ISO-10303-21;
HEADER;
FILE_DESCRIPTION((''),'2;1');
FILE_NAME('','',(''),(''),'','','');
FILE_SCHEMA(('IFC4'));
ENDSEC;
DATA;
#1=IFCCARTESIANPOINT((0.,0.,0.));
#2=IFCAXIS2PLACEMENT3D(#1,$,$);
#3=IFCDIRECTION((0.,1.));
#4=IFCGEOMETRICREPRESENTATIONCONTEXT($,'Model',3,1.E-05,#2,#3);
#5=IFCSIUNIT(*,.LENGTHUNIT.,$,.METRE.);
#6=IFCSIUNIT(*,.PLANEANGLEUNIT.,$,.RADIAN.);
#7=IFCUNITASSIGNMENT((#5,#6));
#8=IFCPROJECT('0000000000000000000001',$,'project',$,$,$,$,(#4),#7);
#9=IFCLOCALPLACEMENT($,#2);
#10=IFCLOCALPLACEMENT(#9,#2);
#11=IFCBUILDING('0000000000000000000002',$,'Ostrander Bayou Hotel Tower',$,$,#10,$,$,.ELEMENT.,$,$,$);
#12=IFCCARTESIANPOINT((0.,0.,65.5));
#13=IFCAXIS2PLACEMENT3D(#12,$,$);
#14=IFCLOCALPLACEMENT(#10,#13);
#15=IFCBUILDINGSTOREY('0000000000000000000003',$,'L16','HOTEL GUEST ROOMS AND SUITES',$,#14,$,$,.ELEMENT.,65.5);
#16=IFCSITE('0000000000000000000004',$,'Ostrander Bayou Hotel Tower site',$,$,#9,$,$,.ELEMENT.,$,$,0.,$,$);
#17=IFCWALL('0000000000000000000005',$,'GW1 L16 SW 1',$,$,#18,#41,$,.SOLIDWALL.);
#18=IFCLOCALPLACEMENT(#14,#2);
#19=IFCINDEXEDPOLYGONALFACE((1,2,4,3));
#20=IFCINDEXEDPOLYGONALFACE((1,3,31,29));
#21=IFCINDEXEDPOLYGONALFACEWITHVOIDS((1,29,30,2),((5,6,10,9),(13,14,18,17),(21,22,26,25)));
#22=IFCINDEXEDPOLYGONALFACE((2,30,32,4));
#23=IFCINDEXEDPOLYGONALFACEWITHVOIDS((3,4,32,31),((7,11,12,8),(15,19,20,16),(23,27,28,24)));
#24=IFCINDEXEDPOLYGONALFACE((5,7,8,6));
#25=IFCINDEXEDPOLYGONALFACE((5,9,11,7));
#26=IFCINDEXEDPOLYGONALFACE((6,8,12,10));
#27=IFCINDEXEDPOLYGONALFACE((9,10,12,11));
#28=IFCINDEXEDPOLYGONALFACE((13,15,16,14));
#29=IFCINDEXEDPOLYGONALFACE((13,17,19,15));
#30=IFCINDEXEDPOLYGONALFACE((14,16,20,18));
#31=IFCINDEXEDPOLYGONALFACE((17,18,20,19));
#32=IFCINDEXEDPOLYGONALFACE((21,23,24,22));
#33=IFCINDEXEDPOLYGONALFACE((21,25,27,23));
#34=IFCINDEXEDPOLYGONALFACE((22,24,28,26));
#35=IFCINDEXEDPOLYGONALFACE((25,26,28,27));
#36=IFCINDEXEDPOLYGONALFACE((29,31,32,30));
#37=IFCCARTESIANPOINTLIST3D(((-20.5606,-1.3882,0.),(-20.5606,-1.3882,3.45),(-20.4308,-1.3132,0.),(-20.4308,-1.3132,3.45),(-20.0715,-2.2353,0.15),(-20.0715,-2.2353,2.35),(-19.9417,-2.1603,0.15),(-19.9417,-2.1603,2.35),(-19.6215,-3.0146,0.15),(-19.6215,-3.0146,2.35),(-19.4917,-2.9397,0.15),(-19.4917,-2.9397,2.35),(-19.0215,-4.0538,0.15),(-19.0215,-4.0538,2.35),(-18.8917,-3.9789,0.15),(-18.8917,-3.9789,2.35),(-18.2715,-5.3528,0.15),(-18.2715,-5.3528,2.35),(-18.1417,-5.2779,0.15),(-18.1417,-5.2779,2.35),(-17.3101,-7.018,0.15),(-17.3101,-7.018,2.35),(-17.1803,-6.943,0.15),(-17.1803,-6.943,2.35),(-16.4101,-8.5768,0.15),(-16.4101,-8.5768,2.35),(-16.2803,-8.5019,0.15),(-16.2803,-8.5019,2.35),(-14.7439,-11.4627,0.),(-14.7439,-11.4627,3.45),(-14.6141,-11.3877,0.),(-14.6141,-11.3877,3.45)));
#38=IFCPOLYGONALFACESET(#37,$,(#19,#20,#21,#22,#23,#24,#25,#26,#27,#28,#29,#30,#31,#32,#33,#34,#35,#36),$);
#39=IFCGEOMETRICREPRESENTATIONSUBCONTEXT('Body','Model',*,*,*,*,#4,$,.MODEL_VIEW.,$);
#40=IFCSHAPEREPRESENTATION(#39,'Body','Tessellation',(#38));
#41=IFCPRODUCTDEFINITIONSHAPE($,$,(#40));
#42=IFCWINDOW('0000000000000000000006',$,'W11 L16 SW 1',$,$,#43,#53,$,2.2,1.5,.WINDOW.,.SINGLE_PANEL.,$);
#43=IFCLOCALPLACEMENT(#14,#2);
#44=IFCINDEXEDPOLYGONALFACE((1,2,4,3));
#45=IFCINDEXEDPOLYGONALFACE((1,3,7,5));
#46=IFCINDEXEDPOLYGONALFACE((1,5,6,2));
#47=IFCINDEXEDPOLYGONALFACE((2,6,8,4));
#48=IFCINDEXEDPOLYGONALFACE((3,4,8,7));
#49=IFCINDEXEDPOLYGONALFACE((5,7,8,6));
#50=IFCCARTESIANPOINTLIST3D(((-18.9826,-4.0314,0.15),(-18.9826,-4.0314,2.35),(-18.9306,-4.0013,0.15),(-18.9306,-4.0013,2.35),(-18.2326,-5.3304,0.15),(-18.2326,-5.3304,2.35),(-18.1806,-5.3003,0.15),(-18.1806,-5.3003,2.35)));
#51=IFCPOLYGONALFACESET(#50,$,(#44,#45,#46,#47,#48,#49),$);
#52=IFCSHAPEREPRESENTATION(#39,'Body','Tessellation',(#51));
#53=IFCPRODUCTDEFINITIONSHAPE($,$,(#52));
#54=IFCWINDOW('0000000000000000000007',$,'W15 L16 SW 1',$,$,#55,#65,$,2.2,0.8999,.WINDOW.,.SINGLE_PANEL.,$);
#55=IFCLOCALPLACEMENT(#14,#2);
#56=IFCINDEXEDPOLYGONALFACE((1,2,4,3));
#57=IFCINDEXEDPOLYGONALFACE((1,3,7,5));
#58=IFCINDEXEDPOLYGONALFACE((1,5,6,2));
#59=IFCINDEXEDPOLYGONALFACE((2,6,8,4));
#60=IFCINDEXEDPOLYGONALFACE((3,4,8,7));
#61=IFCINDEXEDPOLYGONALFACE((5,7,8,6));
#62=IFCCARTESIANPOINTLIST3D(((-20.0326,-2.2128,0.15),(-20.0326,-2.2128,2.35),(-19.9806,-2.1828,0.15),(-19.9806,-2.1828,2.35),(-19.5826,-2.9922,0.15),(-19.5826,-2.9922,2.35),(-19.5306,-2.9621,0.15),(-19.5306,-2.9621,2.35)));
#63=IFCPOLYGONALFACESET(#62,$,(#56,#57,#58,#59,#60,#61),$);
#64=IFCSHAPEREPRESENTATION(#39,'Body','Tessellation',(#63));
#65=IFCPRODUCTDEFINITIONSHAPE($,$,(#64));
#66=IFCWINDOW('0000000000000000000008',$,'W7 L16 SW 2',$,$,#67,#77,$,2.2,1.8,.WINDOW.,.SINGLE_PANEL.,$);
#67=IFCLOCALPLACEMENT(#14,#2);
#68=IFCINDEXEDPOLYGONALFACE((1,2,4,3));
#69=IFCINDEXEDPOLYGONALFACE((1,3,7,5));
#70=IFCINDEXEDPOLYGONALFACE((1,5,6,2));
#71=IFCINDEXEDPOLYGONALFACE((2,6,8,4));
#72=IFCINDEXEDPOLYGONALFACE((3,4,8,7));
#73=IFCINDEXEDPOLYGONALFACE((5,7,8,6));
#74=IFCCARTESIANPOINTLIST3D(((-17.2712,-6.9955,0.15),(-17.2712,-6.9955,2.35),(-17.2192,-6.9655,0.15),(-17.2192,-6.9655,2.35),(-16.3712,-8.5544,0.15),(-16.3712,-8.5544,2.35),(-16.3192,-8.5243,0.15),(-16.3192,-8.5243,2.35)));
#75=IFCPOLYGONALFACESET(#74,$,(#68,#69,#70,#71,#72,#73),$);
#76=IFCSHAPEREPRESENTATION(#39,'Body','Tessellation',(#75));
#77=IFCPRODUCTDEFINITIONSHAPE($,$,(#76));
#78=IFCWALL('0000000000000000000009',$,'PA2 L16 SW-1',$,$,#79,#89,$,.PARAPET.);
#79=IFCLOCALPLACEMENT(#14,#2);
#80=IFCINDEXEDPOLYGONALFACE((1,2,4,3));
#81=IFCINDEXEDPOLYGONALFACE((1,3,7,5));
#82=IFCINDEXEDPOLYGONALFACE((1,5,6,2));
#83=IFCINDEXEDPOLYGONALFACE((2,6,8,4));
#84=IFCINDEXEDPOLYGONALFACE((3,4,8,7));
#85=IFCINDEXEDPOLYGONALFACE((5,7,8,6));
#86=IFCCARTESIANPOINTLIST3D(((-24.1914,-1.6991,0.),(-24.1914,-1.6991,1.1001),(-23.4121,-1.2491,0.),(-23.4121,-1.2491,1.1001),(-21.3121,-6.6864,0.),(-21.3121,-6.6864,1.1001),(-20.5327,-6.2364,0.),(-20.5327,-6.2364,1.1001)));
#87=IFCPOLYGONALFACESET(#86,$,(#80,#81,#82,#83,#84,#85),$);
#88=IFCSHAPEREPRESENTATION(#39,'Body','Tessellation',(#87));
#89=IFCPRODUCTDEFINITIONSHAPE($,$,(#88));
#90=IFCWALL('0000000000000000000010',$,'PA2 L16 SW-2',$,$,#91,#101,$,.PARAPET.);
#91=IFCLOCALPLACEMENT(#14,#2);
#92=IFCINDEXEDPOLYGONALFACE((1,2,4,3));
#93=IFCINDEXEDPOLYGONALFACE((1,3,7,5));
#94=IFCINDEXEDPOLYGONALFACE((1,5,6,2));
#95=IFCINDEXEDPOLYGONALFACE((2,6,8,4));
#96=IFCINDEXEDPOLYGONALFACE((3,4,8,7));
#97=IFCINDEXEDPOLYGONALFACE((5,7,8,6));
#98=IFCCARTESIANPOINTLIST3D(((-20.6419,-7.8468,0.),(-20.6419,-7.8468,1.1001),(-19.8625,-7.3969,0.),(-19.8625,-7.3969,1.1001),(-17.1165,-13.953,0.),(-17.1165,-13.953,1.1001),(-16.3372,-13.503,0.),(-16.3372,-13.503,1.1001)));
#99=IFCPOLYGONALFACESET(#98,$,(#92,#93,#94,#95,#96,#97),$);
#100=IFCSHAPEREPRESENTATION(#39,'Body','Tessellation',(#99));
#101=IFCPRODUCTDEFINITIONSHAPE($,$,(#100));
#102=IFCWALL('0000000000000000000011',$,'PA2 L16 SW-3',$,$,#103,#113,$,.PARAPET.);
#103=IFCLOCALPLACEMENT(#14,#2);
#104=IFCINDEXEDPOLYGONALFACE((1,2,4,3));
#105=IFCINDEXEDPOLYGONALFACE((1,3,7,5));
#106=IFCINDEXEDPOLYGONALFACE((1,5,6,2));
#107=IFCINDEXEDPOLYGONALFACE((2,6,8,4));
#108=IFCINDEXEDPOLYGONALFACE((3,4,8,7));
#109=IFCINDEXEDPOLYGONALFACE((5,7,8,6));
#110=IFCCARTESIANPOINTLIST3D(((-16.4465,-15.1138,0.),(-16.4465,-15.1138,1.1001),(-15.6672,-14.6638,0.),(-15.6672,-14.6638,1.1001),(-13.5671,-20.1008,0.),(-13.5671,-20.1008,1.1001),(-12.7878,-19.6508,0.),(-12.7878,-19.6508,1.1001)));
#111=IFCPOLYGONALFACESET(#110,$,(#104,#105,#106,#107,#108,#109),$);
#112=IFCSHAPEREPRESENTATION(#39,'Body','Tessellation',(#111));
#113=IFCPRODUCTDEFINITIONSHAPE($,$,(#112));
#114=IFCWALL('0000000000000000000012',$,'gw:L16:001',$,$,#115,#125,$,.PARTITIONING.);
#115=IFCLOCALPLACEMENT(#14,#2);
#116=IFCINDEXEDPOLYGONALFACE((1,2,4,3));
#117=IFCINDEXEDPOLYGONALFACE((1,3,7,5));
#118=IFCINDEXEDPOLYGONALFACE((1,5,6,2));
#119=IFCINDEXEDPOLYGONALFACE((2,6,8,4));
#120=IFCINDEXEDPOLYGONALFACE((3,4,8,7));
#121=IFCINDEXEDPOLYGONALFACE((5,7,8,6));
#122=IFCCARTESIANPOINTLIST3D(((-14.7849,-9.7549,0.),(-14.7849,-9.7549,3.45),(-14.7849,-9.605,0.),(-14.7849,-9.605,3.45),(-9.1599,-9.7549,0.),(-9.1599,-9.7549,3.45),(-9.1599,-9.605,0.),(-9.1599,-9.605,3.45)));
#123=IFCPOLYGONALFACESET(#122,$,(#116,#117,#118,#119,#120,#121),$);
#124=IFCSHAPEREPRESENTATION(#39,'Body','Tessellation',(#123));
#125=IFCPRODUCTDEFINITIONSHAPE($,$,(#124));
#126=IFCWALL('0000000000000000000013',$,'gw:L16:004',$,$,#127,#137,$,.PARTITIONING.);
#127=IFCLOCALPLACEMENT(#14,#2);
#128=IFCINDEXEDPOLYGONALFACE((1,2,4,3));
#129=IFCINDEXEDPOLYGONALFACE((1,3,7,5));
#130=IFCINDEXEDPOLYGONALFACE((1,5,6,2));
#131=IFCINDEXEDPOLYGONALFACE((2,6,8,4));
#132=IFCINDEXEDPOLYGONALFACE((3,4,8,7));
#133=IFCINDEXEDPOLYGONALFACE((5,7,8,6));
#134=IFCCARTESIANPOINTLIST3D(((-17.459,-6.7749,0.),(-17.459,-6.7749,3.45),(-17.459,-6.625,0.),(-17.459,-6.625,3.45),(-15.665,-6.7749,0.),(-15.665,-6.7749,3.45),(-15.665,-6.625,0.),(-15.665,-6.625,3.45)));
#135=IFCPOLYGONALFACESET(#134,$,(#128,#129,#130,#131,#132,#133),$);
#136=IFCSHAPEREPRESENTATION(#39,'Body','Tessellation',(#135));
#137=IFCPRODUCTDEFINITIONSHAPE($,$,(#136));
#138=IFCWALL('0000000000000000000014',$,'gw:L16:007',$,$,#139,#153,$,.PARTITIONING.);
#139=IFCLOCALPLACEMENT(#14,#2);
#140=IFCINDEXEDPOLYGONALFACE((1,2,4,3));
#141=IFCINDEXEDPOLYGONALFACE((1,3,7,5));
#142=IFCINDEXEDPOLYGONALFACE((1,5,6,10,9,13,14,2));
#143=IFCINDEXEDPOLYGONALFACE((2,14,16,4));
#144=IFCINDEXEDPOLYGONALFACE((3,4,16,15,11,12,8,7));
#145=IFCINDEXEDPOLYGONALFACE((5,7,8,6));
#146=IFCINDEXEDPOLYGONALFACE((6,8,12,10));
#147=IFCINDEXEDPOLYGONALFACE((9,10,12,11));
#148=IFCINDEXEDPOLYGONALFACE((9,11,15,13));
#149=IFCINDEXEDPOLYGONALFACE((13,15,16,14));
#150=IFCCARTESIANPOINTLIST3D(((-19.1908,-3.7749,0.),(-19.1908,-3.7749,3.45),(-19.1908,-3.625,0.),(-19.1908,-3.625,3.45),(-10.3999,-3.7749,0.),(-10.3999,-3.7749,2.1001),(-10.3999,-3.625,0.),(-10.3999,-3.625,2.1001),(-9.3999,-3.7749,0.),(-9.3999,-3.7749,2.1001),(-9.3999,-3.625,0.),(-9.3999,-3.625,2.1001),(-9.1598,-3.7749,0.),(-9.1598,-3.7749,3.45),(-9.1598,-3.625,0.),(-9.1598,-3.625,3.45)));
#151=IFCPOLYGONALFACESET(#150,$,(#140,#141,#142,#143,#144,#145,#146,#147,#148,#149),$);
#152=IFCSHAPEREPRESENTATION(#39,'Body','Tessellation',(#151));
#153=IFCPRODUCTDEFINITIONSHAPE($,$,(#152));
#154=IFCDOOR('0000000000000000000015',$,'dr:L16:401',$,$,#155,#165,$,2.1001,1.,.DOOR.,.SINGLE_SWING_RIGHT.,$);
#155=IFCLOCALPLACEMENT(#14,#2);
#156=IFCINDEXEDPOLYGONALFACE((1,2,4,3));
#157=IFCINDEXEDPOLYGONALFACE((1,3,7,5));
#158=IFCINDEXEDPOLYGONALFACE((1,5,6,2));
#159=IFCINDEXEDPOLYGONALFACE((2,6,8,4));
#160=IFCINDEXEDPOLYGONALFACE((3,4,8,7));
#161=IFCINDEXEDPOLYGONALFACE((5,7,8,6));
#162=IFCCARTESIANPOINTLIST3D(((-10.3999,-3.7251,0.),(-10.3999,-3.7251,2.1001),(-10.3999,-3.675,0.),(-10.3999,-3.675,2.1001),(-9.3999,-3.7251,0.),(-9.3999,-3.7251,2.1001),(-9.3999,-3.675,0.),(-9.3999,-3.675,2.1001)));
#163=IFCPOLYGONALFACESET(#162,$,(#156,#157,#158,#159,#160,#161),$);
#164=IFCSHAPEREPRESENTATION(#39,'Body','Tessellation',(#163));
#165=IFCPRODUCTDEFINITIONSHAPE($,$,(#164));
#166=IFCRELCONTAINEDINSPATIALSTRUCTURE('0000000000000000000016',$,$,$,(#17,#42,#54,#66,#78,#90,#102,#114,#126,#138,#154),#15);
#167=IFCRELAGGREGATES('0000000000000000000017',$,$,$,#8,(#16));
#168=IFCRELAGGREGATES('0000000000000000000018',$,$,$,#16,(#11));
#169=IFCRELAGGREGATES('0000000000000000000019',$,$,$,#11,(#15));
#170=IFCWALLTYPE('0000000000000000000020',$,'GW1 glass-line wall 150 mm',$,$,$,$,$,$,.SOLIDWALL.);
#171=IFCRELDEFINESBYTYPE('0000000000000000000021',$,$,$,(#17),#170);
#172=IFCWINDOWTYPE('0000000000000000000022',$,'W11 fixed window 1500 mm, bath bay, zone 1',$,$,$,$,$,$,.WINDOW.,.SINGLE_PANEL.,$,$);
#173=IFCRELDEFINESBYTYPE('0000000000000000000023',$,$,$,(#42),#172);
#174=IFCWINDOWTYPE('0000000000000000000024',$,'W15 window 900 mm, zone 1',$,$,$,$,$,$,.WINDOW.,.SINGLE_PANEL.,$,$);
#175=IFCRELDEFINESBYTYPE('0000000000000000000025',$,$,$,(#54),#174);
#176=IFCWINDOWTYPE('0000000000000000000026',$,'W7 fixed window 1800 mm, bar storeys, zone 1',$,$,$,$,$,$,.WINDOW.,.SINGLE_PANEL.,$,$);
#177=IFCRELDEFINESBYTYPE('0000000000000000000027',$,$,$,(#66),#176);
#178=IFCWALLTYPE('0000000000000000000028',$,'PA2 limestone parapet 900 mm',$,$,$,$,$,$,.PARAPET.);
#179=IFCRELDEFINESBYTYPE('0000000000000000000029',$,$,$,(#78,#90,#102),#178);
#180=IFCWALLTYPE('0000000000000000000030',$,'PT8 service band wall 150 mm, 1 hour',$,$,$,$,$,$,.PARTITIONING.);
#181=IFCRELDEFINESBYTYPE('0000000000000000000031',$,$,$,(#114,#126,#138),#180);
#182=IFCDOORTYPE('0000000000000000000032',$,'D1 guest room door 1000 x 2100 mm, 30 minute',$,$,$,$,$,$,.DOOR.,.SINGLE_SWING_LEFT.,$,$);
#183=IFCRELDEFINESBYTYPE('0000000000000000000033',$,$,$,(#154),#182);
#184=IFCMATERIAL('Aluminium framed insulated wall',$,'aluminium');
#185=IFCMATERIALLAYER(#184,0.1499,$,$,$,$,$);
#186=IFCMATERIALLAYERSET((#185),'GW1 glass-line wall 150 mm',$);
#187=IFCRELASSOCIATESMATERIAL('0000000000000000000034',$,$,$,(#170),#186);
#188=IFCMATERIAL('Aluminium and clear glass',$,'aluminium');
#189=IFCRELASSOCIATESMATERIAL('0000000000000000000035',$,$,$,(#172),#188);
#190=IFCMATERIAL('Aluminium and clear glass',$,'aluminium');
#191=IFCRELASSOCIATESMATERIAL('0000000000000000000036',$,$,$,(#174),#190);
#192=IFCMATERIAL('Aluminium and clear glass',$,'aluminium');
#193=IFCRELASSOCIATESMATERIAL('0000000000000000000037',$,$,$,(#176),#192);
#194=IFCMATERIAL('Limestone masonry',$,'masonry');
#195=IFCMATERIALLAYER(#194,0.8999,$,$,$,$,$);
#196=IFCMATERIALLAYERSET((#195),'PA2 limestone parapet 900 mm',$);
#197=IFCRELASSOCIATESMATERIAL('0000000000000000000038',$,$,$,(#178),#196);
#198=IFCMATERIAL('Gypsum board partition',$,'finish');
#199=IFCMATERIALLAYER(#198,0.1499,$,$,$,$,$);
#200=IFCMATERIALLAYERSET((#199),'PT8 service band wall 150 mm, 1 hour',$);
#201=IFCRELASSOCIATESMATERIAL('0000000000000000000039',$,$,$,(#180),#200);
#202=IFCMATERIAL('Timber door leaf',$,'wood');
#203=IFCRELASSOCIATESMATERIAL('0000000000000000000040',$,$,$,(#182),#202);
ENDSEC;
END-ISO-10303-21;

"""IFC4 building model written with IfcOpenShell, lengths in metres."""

from ifc_helpers import new_model, si_unit, direction, frame, frame_2d, origin, place, context, subcontext, project, spatial, rectangle, extrude, material, layer, layer_set, type_object, element, fill, save


model = new_model("IFC4")

# Units and contexts
model_context = context("Model", 3, precision=1e-05, world=origin(), true_north=direction((0.0, 1.0)))
body_context = subcontext(model_context, "Body", "Model", "MODEL_VIEW")
ifc_project = project(units=[si_unit("LENGTHUNIT", "METRE"), si_unit("PLANEANGLEUNIT", "RADIAN")], contexts=[model_context])

# Site, building, storey
site_placement = place(None, origin())
site = spatial("IfcSite", under=ifc_project, at=site_placement, Name="Ostrander Bayou Hotel Tower site", CompositionType="ELEMENT", RefElevation=0.0)
building_placement = place(site_placement, origin())
building = spatial("IfcBuilding", under=site, at=building_placement, Name="Ostrander Bayou Hotel Tower", CompositionType="ELEMENT")
storey_placement = place(building_placement, frame((0.0, 0.0, 65.5)))
storey = spatial("IfcBuildingStorey", under=building, at=storey_placement, Name="L16", Description="HOTEL GUEST ROOMS AND SUITES", CompositionType="ELEMENT", Elevation=65.5)

# Wall, openings, windows
ifc_material_1 = material(Name="Aluminium framed insulated wall", Category="aluminium")
ifc_layer_1 = layer(ifc_material_1, 0.1499)
ifc_layer_set_1 = layer_set([ifc_layer_1], Name="GW1 glass-line wall 150 mm")
wall_type_1 = type_object("IfcWallType", Name="GW1 glass-line wall 150 mm", PredefinedType="SOLIDWALL", material=ifc_layer_set_1)
wall_1_placement = place(storey_placement, frame((-20.4956, -1.3508, 0.0), z_axis=(0.0, 0.0, 1.0), x_axis=(0.50001, -0.86602, 0.0)))
wall_1 = element("IfcWall", 1, at=wall_1_placement, inside=storey, type_object=wall_type_1, Name="GW1 L16 SW 1", PredefinedType="SOLIDWALL", context=body_context, shape_type="SweptSolid", body=[
    extrude(rectangle(XDim=11.6331, YDim=0.1499, at=frame_2d((5.8164, 0.0))), origin(), (0.0, 0.0, 1.0), 3.45),
])
opening_1_placement = place(wall_1_placement, frame((0.978, 0.0, 0.1499)))
opening_1 = element("IfcOpeningElement", 2, at=opening_1_placement, cuts=wall_1, PredefinedType="OPENING", context=body_context, shape_type="SweptSolid", body=[
    extrude(rectangle(XDim=0.8999, YDim=2.2, at=frame_2d((0.45, 1.1001))), frame((0.0, 0.075, 0.0), z_axis=(0.0, -1.0, 0.0), x_axis=(1.0, 0.0, 0.0)), (0.0, 0.0, 1.0), 0.1499),
])
opening_2_placement = place(wall_1_placement, frame((3.0779, 0.0, 0.1499)))
opening_2 = element("IfcOpeningElement", 3, at=opening_2_placement, cuts=wall_1, PredefinedType="OPENING", context=body_context, shape_type="SweptSolid", body=[
    extrude(rectangle(XDim=1.5, YDim=2.2, at=frame_2d((0.75, 1.1001))), frame((0.0, 0.075, 0.0), z_axis=(0.0, -1.0, 0.0), x_axis=(1.0, 0.0, 0.0)), (0.0, 0.0, 1.0), 0.1499),
])
opening_3_placement = place(wall_1_placement, frame((6.5007, 0.0, 0.1499)))
opening_3 = element("IfcOpeningElement", 4, at=opening_3_placement, cuts=wall_1, PredefinedType="OPENING", context=body_context, shape_type="SweptSolid", body=[
    extrude(rectangle(XDim=1.8, YDim=2.2, at=frame_2d((0.8999, 1.1001))), frame((0.0, 0.075, 0.0), z_axis=(0.0, -1.0, 0.0), x_axis=(1.0, 0.0, 0.0)), (0.0, 0.0, 1.0), 0.1499),
])
ifc_material_2 = material(Name="Aluminium and clear glass", Category="aluminium")
window_type_1 = type_object("IfcWindowType", Name="W11 fixed window 1500 mm, bath bay, zone 1", PartitioningType="SINGLE_PANEL", PredefinedType="WINDOW", material=ifc_material_2)
window_1_placement = place(opening_2_placement, origin())
window_1 = element("IfcWindow", 5, at=window_1_placement, inside=storey, type_object=window_type_1, Name="W11 L16 SW 1", OverallHeight=2.2, OverallWidth=1.5, PartitioningType="SINGLE_PANEL", PredefinedType="WINDOW", context=body_context, shape_type="SweptSolid", body=[
    extrude(rectangle(XDim=1.5, YDim=2.2, at=frame_2d((0.75, 1.1001))), frame((0.0, 0.03, 0.0), z_axis=(0.0, -1.0, 0.0), x_axis=(1.0, 0.0, 0.0)), (0.0, 0.0, 1.0), 0.0601),
])
fill(opening_2, window_1)
ifc_material_3 = material(Name="Aluminium and clear glass", Category="aluminium")
window_type_2 = type_object("IfcWindowType", Name="W15 window 900 mm, zone 1", PartitioningType="SINGLE_PANEL", PredefinedType="WINDOW", material=ifc_material_3)
window_2_placement = place(opening_1_placement, origin())
window_2 = element("IfcWindow", 6, at=window_2_placement, inside=storey, type_object=window_type_2, Name="W15 L16 SW 1", OverallHeight=2.2, OverallWidth=0.8999, PartitioningType="SINGLE_PANEL", PredefinedType="WINDOW", context=body_context, shape_type="SweptSolid", body=[
    extrude(rectangle(XDim=0.8999, YDim=2.2, at=frame_2d((0.45, 1.1001))), frame((0.0, 0.03, 0.0), z_axis=(0.0, -1.0, 0.0), x_axis=(1.0, 0.0, 0.0)), (0.0, 0.0, 1.0), 0.0601),
])
fill(opening_1, window_2)
ifc_material_4 = material(Name="Aluminium and clear glass", Category="aluminium")
window_type_3 = type_object("IfcWindowType", Name="W7 fixed window 1800 mm, bar storeys, zone 1", PartitioningType="SINGLE_PANEL", PredefinedType="WINDOW", material=ifc_material_4)
window_3_placement = place(opening_3_placement, origin())
window_3 = element("IfcWindow", 7, at=window_3_placement, inside=storey, type_object=window_type_3, Name="W7 L16 SW 2", OverallHeight=2.2, OverallWidth=1.8, PartitioningType="SINGLE_PANEL", PredefinedType="WINDOW", context=body_context, shape_type="SweptSolid", body=[
    extrude(rectangle(XDim=1.8, YDim=2.2, at=frame_2d((0.8999, 1.1001))), frame((0.0, 0.03, 0.0), z_axis=(0.0, -1.0, 0.0), x_axis=(1.0, 0.0, 0.0)), (0.0, 0.0, 1.0), 0.0601),
])
fill(opening_3, window_3)

# Walls
ifc_material_5 = material(Name="Limestone masonry", Category="masonry")
ifc_layer_2 = layer(ifc_material_5, 0.8999)
ifc_layer_set_2 = layer_set([ifc_layer_2], Name="PA2 limestone parapet 900 mm")
wall_type_2 = type_object("IfcWallType", Name="PA2 limestone parapet 900 mm", PredefinedType="PARAPET", material=ifc_layer_set_2)
wall_2_placement = place(storey_placement, frame((-23.8018, -1.4741, 0.0), z_axis=(0.0, 0.0, 1.0), x_axis=(0.499996, -0.866027, 0.0)))
element("IfcWall", 8, at=wall_2_placement, inside=storey, type_object=wall_type_2, Name="PA2 L16 SW-1", PredefinedType="PARAPET", context=body_context, shape_type="SweptSolid", body=[
    extrude(rectangle(XDim=5.7588, YDim=0.8999, at=frame_2d((2.8794, 0.0))), origin(), (0.0, 0.0, 1.0), 1.1001),
])
wall_3_placement = place(storey_placement, frame((-20.2522, -7.6218, 0.0), z_axis=(0.0, 0.0, 1.0), x_axis=(0.499997, -0.866027, 0.0)))
element("IfcWall", 9, at=wall_3_placement, inside=storey, type_object=wall_type_2, Name="PA2 L16 SW-2", PredefinedType="PARAPET", context=body_context, shape_type="SweptSolid", body=[
    extrude(rectangle(XDim=7.0508, YDim=0.8999, at=frame_2d((3.5254, 0.0))), origin(), (0.0, 0.0, 1.0), 1.1001),
])
wall_4_placement = place(storey_placement, frame((-16.0569, -14.8887, 0.0), z_axis=(0.0, 0.0, 1.0), x_axis=(0.500015, -0.866017, 0.0)))
element("IfcWall", 10, at=wall_4_placement, inside=storey, type_object=wall_type_2, Name="PA2 L16 SW-3", PredefinedType="PARAPET", context=body_context, shape_type="SweptSolid", body=[
    extrude(rectangle(XDim=5.7585, YDim=0.8999, at=frame_2d((2.8794, 0.0))), origin(), (0.0, 0.0, 1.0), 1.1001),
])
ifc_material_6 = material(Name="Gypsum board partition", Category="finish")
ifc_layer_3 = layer(ifc_material_6, 0.1499)
ifc_layer_set_3 = layer_set([ifc_layer_3], Name="PT8 service band wall 150 mm, 1 hour")
wall_type_3 = type_object("IfcWallType", Name="PT8 service band wall 150 mm, 1 hour", PredefinedType="PARTITIONING", material=ifc_layer_set_3)
wall_5_placement = place(storey_placement, frame((-14.7849, -9.6799, 0.0), z_axis=(0.0, 0.0, 1.0), x_axis=(1.0, 0.0, 0.0)))
element("IfcWall", 11, at=wall_5_placement, inside=storey, type_object=wall_type_3, Name="gw:L16:001", PredefinedType="PARTITIONING", context=body_context, shape_type="SweptSolid", body=[
    extrude(rectangle(XDim=5.625, YDim=0.1499, at=frame_2d((2.8125, 0.0))), origin(), (0.0, 0.0, 1.0), 3.45),
])
wall_6_placement = place(storey_placement, frame((-17.459, -6.7, 0.0), z_axis=(0.0, 0.0, 1.0), x_axis=(1.0, 0.0, 0.0)))
element("IfcWall", 12, at=wall_6_placement, inside=storey, type_object=wall_type_3, Name="gw:L16:004", PredefinedType="PARTITIONING", context=body_context, shape_type="SweptSolid", body=[
    extrude(rectangle(XDim=1.7939, YDim=0.1499, at=frame_2d((0.897, 0.0))), origin(), (0.0, 0.0, 1.0), 3.45),
])

# Wall, opening, door
wall_7_placement = place(storey_placement, frame((-19.1909, -3.7, 0.0), z_axis=(0.0, 0.0, 1.0), x_axis=(1.0, 0.0, 0.0)))
wall_7 = element("IfcWall", 13, at=wall_7_placement, inside=storey, type_object=wall_type_3, Name="gw:L16:007", PredefinedType="PARTITIONING", context=body_context, shape_type="SweptSolid", body=[
    extrude(rectangle(XDim=10.031, YDim=0.1499, at=frame_2d((5.0156, 0.0))), origin(), (0.0, 0.0, 1.0), 3.45),
])
opening_4_placement = place(wall_7_placement, frame((8.791, 0.0, 0.0)))
opening_4 = element("IfcOpeningElement", 14, at=opening_4_placement, cuts=wall_7, PredefinedType="OPENING", context=body_context, shape_type="SweptSolid", body=[
    extrude(rectangle(XDim=1.0, YDim=2.1001, at=frame_2d((0.5, 1.05))), frame((0.0, 0.075, 0.0), z_axis=(0.0, -1.0, 0.0), x_axis=(1.0, 0.0, 0.0)), (0.0, 0.0, 1.0), 0.1499),
])
ifc_material_7 = material(Name="Timber door leaf", Category="wood")
door_type_1 = type_object("IfcDoorType", Name="D1 guest room door 1000 x 2100 mm, 30 minute", OperationType="SINGLE_SWING_LEFT", PredefinedType="DOOR", material=ifc_material_7)
door_1_placement = place(opening_4_placement, origin())
door_1 = element("IfcDoor", 15, at=door_1_placement, inside=storey, type_object=door_type_1, Name="dr:L16:401", OperationType="SINGLE_SWING_RIGHT", OverallHeight=2.1001, OverallWidth=1.0, PredefinedType="DOOR", context=body_context, shape_type="SweptSolid", body=[
    extrude(rectangle(XDim=1.0, YDim=2.1001, at=frame_2d((0.5, 1.05))), frame((0.0, 0.0249, 0.0), z_axis=(0.0, -1.0, 0.0), x_axis=(1.0, 0.0, 0.0)), (0.0, 0.0, 1.0), 0.05),
])
fill(opening_4, door_1)

save(model, "model.ifc")
